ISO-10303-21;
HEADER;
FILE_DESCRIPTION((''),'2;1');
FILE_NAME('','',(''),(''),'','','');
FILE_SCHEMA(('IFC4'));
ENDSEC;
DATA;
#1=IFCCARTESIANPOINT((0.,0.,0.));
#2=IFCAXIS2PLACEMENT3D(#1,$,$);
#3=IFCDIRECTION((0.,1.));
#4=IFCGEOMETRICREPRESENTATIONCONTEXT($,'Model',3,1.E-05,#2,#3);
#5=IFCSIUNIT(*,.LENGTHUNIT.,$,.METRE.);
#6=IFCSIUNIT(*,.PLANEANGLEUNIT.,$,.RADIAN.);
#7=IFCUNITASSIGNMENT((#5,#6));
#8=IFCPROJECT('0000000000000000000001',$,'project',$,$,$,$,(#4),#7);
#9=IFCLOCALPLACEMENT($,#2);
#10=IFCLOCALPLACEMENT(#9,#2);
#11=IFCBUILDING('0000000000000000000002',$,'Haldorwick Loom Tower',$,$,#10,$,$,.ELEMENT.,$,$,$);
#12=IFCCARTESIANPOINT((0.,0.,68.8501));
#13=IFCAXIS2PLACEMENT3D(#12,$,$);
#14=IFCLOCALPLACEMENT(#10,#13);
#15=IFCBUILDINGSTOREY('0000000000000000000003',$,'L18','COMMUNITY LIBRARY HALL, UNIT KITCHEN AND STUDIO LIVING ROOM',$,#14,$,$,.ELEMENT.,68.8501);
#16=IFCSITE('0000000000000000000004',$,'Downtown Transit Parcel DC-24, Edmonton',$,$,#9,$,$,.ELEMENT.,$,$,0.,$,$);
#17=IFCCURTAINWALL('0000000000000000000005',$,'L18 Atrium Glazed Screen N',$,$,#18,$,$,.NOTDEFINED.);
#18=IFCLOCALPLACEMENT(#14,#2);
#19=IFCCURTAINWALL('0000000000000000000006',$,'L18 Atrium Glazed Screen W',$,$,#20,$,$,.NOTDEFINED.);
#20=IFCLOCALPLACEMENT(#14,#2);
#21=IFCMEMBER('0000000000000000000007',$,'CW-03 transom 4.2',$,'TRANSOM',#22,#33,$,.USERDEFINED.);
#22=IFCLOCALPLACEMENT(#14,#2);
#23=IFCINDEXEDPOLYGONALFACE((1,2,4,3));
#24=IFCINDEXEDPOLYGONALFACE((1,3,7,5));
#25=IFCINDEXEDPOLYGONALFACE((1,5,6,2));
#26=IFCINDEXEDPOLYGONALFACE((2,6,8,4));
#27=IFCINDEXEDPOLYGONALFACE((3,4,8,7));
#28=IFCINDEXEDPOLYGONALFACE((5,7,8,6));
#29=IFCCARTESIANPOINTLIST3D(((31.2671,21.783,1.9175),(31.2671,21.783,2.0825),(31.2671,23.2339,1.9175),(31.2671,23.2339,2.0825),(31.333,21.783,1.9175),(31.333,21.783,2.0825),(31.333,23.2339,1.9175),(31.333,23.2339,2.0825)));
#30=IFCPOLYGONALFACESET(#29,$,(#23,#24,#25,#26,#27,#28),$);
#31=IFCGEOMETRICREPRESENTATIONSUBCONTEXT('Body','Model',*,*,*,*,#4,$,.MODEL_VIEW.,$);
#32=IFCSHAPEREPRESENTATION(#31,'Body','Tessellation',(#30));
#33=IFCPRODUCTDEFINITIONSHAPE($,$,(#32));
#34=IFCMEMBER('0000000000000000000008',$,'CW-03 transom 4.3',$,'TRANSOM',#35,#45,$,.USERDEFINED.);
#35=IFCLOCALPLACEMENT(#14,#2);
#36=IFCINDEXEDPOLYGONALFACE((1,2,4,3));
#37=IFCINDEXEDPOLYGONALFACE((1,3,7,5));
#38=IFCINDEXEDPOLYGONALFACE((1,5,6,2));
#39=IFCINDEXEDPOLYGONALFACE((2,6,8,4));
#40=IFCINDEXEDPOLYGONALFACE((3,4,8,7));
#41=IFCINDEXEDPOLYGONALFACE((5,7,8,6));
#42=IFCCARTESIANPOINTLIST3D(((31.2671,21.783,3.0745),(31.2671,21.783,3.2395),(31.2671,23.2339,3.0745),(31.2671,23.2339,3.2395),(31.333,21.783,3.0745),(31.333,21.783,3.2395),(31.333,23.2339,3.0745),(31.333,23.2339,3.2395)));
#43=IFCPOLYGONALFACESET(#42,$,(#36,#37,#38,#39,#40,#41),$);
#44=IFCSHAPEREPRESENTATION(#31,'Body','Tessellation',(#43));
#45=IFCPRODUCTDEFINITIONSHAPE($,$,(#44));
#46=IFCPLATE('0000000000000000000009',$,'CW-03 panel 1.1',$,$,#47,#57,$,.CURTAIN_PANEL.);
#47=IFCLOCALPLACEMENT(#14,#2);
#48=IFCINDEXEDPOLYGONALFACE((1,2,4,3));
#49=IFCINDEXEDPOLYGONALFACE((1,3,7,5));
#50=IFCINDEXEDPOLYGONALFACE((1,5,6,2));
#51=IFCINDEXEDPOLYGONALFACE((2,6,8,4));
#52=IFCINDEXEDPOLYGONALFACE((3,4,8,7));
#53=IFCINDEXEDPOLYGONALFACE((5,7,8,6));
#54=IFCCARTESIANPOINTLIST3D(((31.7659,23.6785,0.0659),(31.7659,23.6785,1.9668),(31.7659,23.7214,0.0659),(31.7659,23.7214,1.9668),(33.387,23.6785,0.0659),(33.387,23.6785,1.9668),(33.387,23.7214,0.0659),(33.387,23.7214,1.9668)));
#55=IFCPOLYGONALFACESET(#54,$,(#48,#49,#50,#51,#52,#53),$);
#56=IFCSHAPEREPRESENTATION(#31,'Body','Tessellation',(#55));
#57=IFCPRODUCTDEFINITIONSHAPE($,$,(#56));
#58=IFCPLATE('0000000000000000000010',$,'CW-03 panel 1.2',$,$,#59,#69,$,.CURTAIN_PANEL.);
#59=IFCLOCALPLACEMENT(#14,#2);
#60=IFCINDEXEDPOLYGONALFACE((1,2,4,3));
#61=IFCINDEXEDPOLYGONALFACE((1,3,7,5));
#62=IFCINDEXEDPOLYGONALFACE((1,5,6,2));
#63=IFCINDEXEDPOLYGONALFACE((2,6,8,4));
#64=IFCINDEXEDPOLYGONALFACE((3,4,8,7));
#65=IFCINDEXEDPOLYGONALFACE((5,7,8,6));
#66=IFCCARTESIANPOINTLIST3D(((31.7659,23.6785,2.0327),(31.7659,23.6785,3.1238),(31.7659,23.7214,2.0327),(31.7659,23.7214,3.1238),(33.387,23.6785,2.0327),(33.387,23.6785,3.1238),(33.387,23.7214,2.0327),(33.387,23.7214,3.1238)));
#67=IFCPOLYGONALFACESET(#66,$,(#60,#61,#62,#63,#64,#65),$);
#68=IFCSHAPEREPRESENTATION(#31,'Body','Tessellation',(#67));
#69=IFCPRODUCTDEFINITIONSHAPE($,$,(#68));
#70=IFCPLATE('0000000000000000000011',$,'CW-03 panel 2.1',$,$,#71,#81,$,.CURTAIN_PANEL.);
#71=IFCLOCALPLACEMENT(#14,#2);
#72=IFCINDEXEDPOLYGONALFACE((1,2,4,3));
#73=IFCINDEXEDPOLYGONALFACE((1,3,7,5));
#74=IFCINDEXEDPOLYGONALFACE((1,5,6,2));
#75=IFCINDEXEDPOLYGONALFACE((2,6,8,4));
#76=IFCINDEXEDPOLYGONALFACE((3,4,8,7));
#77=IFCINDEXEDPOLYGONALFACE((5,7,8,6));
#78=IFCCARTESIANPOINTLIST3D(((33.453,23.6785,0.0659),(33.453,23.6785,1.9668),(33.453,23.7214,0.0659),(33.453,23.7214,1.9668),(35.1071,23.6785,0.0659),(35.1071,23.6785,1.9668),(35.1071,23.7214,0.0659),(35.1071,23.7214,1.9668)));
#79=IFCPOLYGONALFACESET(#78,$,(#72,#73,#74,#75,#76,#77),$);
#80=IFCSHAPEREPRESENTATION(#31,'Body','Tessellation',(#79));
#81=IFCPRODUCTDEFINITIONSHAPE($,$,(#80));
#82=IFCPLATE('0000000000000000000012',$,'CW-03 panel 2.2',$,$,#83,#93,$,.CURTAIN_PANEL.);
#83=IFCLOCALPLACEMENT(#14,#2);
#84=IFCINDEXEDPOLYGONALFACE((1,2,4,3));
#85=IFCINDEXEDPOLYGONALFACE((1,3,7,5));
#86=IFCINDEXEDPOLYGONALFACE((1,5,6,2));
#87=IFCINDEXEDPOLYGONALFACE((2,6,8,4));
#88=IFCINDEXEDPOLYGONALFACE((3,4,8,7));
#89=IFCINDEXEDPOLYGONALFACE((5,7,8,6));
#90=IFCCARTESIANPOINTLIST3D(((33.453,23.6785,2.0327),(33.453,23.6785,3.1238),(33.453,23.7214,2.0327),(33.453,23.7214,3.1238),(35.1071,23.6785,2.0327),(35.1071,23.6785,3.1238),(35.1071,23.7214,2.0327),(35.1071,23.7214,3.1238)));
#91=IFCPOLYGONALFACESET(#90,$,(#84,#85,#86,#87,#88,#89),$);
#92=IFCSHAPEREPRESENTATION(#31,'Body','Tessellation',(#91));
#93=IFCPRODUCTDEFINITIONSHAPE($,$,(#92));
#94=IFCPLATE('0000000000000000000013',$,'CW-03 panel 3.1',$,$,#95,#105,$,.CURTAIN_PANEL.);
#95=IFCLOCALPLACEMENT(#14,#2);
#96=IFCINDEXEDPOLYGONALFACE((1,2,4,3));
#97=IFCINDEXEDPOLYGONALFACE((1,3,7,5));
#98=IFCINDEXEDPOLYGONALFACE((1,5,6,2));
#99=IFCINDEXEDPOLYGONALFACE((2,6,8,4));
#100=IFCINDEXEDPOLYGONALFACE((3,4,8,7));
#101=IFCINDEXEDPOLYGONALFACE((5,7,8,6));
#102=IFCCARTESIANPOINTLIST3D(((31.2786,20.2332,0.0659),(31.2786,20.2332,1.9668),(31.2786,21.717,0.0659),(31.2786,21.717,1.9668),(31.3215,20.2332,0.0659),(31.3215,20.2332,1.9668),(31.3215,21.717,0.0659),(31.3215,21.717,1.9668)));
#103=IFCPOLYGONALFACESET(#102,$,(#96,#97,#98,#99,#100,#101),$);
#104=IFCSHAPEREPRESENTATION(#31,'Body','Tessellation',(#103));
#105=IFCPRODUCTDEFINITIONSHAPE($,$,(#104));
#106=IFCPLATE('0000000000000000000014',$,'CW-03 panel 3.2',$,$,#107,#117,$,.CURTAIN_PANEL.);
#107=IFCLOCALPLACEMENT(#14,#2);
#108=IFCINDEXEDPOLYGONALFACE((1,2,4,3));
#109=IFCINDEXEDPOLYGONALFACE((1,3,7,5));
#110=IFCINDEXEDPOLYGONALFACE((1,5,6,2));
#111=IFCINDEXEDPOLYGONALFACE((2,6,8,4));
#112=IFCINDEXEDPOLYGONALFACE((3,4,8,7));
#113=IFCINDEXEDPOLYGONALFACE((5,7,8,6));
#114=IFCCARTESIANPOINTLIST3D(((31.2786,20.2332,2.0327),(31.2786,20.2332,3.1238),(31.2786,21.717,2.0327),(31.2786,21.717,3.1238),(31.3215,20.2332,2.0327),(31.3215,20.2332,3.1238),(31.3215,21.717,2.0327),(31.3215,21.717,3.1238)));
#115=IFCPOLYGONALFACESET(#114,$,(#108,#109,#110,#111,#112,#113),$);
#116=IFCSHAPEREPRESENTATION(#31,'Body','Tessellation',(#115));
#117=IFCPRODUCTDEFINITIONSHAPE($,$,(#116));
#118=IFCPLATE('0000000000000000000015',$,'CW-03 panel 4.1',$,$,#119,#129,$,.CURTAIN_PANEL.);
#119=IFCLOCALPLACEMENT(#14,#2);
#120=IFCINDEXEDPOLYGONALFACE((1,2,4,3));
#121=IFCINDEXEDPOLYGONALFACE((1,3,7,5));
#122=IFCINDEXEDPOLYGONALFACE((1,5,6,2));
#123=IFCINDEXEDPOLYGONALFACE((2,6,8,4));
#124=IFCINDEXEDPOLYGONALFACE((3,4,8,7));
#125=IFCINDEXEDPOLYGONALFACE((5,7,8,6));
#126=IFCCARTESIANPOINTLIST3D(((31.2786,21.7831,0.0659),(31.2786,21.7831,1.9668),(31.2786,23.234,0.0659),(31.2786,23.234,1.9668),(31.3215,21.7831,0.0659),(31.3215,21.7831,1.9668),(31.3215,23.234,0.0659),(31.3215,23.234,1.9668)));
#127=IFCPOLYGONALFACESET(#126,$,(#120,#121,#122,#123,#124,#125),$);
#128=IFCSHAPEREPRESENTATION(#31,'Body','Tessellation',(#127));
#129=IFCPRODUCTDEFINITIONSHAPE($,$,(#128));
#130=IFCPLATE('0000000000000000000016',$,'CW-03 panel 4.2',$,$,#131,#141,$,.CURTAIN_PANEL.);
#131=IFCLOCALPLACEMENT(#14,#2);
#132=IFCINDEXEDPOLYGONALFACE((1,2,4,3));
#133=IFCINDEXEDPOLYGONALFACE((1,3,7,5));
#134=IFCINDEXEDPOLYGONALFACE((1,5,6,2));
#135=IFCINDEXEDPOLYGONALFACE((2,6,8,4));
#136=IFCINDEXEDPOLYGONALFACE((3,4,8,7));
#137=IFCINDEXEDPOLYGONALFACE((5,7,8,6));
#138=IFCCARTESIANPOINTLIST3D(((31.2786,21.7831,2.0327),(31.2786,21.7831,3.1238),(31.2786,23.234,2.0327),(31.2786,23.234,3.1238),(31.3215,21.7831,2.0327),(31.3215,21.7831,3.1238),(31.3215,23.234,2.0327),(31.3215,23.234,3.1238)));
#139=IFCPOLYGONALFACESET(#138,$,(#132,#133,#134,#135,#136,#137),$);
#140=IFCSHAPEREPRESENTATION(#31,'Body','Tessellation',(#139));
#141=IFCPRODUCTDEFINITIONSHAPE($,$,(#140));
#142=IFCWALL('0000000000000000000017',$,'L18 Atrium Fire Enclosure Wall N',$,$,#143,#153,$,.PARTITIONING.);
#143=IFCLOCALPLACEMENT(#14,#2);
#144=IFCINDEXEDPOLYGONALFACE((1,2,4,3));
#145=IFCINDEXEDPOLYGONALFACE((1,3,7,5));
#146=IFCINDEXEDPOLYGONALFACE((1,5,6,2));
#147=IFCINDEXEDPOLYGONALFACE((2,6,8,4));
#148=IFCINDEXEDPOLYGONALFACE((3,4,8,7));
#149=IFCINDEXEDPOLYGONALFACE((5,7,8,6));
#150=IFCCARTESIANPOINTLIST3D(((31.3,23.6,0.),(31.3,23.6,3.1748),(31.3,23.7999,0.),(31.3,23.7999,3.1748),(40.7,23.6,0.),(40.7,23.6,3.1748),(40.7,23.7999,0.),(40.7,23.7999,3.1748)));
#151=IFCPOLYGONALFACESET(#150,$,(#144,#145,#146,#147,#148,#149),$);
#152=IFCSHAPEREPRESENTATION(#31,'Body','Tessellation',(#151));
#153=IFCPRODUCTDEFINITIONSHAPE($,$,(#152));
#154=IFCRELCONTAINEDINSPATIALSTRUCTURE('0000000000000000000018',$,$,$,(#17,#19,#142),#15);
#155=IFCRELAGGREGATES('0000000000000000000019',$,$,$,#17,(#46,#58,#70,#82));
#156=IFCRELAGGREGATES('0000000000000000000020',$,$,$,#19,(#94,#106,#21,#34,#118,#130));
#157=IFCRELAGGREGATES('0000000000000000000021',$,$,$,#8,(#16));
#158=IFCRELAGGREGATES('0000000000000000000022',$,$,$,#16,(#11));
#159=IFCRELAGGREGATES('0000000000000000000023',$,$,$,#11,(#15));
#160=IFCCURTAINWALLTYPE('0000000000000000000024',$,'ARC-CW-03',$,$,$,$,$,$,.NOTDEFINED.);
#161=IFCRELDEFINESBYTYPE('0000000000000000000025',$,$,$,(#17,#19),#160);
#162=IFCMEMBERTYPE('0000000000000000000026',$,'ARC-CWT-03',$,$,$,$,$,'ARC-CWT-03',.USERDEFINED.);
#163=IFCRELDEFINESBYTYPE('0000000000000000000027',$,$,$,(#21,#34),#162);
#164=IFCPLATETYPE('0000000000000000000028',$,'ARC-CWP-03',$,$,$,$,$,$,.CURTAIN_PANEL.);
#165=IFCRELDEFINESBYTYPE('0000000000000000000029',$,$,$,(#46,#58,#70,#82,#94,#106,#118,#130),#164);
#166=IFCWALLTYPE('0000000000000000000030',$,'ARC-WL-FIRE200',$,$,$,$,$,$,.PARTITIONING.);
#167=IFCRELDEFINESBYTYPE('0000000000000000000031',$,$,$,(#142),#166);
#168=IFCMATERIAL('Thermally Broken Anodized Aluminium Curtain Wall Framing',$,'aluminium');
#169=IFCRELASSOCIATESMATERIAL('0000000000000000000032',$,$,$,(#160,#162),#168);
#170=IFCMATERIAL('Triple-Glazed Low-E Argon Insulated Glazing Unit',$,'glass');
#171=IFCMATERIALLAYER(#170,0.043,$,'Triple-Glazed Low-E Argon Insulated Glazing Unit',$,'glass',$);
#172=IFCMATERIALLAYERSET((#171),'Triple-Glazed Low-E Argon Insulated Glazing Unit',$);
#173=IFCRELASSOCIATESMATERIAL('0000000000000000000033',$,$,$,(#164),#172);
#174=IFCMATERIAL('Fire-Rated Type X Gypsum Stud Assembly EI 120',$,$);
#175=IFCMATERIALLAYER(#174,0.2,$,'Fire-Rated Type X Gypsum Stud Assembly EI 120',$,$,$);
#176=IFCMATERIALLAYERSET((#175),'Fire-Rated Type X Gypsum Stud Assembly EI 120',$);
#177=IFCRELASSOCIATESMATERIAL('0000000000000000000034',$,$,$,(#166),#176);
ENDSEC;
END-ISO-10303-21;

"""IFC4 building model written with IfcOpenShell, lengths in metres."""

from ifc_helpers import new_model, si_unit, direction, frame, frame_2d, origin, origin_2d, place, context, subcontext, project, spatial, rectangle, extrude, material, layer, layer_set, material_profile, profile_set, type_object, element, aggregate, save


model = new_model("IFC4")

# Units and contexts
model_context = context("Model", 3, precision=1e-05, world=origin(), true_north=direction((0.0, 1.0)))
body_context = subcontext(model_context, "Body", "Model", "MODEL_VIEW")
ifc_project = project(units=[si_unit("LENGTHUNIT", "METRE"), si_unit("PLANEANGLEUNIT", "RADIAN")], contexts=[model_context])

# Site, building, storey
site_placement = place(None, origin())
site = spatial("IfcSite", under=ifc_project, at=site_placement, Name="Downtown Transit Parcel DC-24, Edmonton", CompositionType="ELEMENT", RefElevation=0.0)
building_placement = place(site_placement, origin())
building = spatial("IfcBuilding", under=site, at=building_placement, Name="Haldorwick Loom Tower", CompositionType="ELEMENT")
storey_placement = place(building_placement, frame((0.0, 0.0, 68.8501)))
storey = spatial("IfcBuildingStorey", under=building, at=storey_placement, Name="L18", Description="COMMUNITY LIBRARY HALL, UNIT KITCHEN AND STUDIO LIVING ROOM", CompositionType="ELEMENT", Elevation=68.8501)

# Curtain walls
ifc_material_1 = material(Name="Thermally Broken Anodized Aluminium Curtain Wall Framing", Category="aluminium")
curtain_wall_type = type_object("IfcCurtainWallType", Name="ARC-CW-03", PredefinedType="NOTDEFINED", material=ifc_material_1)
curtain_wall_1_placement = place(storey_placement, origin())
curtain_wall_1 = element("IfcCurtainWall", 1, at=curtain_wall_1_placement, inside=storey, type_object=curtain_wall_type, Name="L18 Atrium Glazed Screen N", PredefinedType="NOTDEFINED")
curtain_wall_2_placement = place(storey_placement, origin())
curtain_wall_2 = element("IfcCurtainWall", 2, at=curtain_wall_2_placement, inside=storey, type_object=curtain_wall_type, Name="L18 Atrium Glazed Screen W", PredefinedType="NOTDEFINED")

# Members
ifc_material_profile_1 = material_profile(ifc_material_1, rectangle(XDim=0.0659, YDim=0.165, at=origin_2d()), Name="ALU_TRN_66X165", Category="aluminium")
ifc_profile_set_1 = profile_set([ifc_material_profile_1], Name="Thermally Broken Anodized Aluminium Curtain Wall Framing")
member_type_1 = type_object("IfcMemberType", Name="ARC-CWT-03", ElementType="ARC-CWT-03", PredefinedType="USERDEFINED", material=ifc_profile_set_1)
member_1_placement = place(storey_placement, frame((31.3, 21.783, 2.0), z_axis=(0.0, 1.0, 0.0), x_axis=(-1.0, 0.0, 0.0)))
member_1 = element("IfcMember", 3, at=member_1_placement, type_object=member_type_1, Name="CW-03 transom 4.2", ObjectType="TRANSOM", PredefinedType="USERDEFINED", context=body_context, shape_type="SweptSolid", body=[
    extrude(rectangle(XDim=0.0659, YDim=0.165, at=origin_2d()), origin(), (0.0, 0.0, 1.0), 1.4509),
])
member_2_placement = place(storey_placement, frame((31.3, 21.783, 3.157), z_axis=(0.0, 1.0, 0.0), x_axis=(-1.0, 0.0, 0.0)))
member_2 = element("IfcMember", 4, at=member_2_placement, type_object=member_type_1, Name="CW-03 transom 4.3", ObjectType="TRANSOM", PredefinedType="USERDEFINED", context=body_context, shape_type="SweptSolid", body=[
    extrude(rectangle(XDim=0.0659, YDim=0.165, at=origin_2d()), origin(), (0.0, 0.0, 1.0), 1.4509),
])

# Plates
ifc_material_2 = material(Name="Triple-Glazed Low-E Argon Insulated Glazing Unit", Category="glass")
ifc_layer_1 = layer(ifc_material_2, 0.043, Name="Triple-Glazed Low-E Argon Insulated Glazing Unit", Category="glass")
ifc_layer_set_1 = layer_set([ifc_layer_1], Name="Triple-Glazed Low-E Argon Insulated Glazing Unit")
plate_type = type_object("IfcPlateType", Name="ARC-CWP-03", PredefinedType="CURTAIN_PANEL", material=ifc_layer_set_1)
plate_1_placement = place(storey_placement, frame((32.5764, 23.7, 0.0659), z_axis=(0.0, 0.0, 1.0), x_axis=(1.0, 0.0, 0.0)))
plate_1 = element("IfcPlate", 5, at=plate_1_placement, type_object=plate_type, Name="CW-03 panel 1.1", PredefinedType="CURTAIN_PANEL", context=body_context, shape_type="SweptSolid", body=[
    extrude(rectangle(XDim=1.6211, YDim=0.043, at=origin_2d()), origin(), (0.0, 0.0, 1.0), 1.9009),
])
plate_2_placement = place(storey_placement, frame((32.5764, 23.7, 2.0327), z_axis=(0.0, 0.0, 1.0), x_axis=(1.0, 0.0, 0.0)))
plate_2 = element("IfcPlate", 6, at=plate_2_placement, type_object=plate_type, Name="CW-03 panel 1.2", PredefinedType="CURTAIN_PANEL", context=body_context, shape_type="SweptSolid", body=[
    extrude(rectangle(XDim=1.6211, YDim=0.043, at=origin_2d()), origin(), (0.0, 0.0, 1.0), 1.0911),
])
plate_3_placement = place(storey_placement, frame((34.28, 23.7, 0.0659), z_axis=(0.0, 0.0, 1.0), x_axis=(1.0, 0.0, 0.0)))
plate_3 = element("IfcPlate", 7, at=plate_3_placement, type_object=plate_type, Name="CW-03 panel 2.1", PredefinedType="CURTAIN_PANEL", context=body_context, shape_type="SweptSolid", body=[
    extrude(rectangle(XDim=1.6541, YDim=0.043, at=origin_2d()), origin(), (0.0, 0.0, 1.0), 1.9009),
])
plate_4_placement = place(storey_placement, frame((34.28, 23.7, 2.0327), z_axis=(0.0, 0.0, 1.0), x_axis=(1.0, 0.0, 0.0)))
plate_4 = element("IfcPlate", 8, at=plate_4_placement, type_object=plate_type, Name="CW-03 panel 2.2", PredefinedType="CURTAIN_PANEL", context=body_context, shape_type="SweptSolid", body=[
    extrude(rectangle(XDim=1.6541, YDim=0.043, at=origin_2d()), origin(), (0.0, 0.0, 1.0), 1.0911),
])
aggregate(curtain_wall_1, [plate_1, plate_2, plate_3, plate_4])
plate_5_placement = place(storey_placement, frame((31.3, 20.9751, 0.0659), z_axis=(0.0, 0.0, 1.0), x_axis=(0.0, 1.0, 0.0)))
plate_5 = element("IfcPlate", 9, at=plate_5_placement, type_object=plate_type, Name="CW-03 panel 3.1", PredefinedType="CURTAIN_PANEL", context=body_context, shape_type="SweptSolid", body=[
    extrude(rectangle(XDim=1.4839, YDim=0.043, at=origin_2d()), origin(), (0.0, 0.0, 1.0), 1.9009),
])
plate_6_placement = place(storey_placement, frame((31.3, 20.9751, 2.0327), z_axis=(0.0, 0.0, 1.0), x_axis=(0.0, 1.0, 0.0)))
plate_6 = element("IfcPlate", 10, at=plate_6_placement, type_object=plate_type, Name="CW-03 panel 3.2", PredefinedType="CURTAIN_PANEL", context=body_context, shape_type="SweptSolid", body=[
    extrude(rectangle(XDim=1.4839, YDim=0.043, at=origin_2d()), origin(), (0.0, 0.0, 1.0), 1.0911),
])
plate_7_placement = place(storey_placement, frame((31.3, 22.5085, 0.0659), z_axis=(0.0, 0.0, 1.0), x_axis=(0.0, 1.0, 0.0)))
plate_7 = element("IfcPlate", 11, at=plate_7_placement, type_object=plate_type, Name="CW-03 panel 4.1", PredefinedType="CURTAIN_PANEL", context=body_context, shape_type="SweptSolid", body=[
    extrude(rectangle(XDim=1.4509, YDim=0.043, at=origin_2d()), origin(), (0.0, 0.0, 1.0), 1.9009),
])
plate_8_placement = place(storey_placement, frame((31.3, 22.5085, 2.0327), z_axis=(0.0, 0.0, 1.0), x_axis=(0.0, 1.0, 0.0)))
plate_8 = element("IfcPlate", 12, at=plate_8_placement, type_object=plate_type, Name="CW-03 panel 4.2", PredefinedType="CURTAIN_PANEL", context=body_context, shape_type="SweptSolid", body=[
    extrude(rectangle(XDim=1.4509, YDim=0.043, at=origin_2d()), origin(), (0.0, 0.0, 1.0), 1.0911),
])
aggregate(curtain_wall_2, [plate_5, plate_6, member_1, member_2, plate_7, plate_8])

# Wall
ifc_material_3 = material(Name="Fire-Rated Type X Gypsum Stud Assembly EI 120")
ifc_layer_2 = layer(ifc_material_3, 0.2, Name="Fire-Rated Type X Gypsum Stud Assembly EI 120")
ifc_layer_set_2 = layer_set([ifc_layer_2], Name="Fire-Rated Type X Gypsum Stud Assembly EI 120")
wall_type = type_object("IfcWallType", Name="ARC-WL-FIRE200", PredefinedType="PARTITIONING", material=ifc_layer_set_2)
wall_placement = place(storey_placement, frame((31.3, 23.7, 0.0), z_axis=(0.0, 0.0, 1.0), x_axis=(1.0, 0.0, 0.0)))
element("IfcWall", 13, at=wall_placement, inside=storey, type_object=wall_type, Name="L18 Atrium Fire Enclosure Wall N", PredefinedType="PARTITIONING", context=body_context, shape_type="SweptSolid", body=[
    extrude(rectangle(XDim=9.3999, YDim=0.2, at=frame_2d((4.7, 0.0))), origin(), (0.0, 0.0, 1.0), 3.1748),
])

save(model, "model.ifc")
